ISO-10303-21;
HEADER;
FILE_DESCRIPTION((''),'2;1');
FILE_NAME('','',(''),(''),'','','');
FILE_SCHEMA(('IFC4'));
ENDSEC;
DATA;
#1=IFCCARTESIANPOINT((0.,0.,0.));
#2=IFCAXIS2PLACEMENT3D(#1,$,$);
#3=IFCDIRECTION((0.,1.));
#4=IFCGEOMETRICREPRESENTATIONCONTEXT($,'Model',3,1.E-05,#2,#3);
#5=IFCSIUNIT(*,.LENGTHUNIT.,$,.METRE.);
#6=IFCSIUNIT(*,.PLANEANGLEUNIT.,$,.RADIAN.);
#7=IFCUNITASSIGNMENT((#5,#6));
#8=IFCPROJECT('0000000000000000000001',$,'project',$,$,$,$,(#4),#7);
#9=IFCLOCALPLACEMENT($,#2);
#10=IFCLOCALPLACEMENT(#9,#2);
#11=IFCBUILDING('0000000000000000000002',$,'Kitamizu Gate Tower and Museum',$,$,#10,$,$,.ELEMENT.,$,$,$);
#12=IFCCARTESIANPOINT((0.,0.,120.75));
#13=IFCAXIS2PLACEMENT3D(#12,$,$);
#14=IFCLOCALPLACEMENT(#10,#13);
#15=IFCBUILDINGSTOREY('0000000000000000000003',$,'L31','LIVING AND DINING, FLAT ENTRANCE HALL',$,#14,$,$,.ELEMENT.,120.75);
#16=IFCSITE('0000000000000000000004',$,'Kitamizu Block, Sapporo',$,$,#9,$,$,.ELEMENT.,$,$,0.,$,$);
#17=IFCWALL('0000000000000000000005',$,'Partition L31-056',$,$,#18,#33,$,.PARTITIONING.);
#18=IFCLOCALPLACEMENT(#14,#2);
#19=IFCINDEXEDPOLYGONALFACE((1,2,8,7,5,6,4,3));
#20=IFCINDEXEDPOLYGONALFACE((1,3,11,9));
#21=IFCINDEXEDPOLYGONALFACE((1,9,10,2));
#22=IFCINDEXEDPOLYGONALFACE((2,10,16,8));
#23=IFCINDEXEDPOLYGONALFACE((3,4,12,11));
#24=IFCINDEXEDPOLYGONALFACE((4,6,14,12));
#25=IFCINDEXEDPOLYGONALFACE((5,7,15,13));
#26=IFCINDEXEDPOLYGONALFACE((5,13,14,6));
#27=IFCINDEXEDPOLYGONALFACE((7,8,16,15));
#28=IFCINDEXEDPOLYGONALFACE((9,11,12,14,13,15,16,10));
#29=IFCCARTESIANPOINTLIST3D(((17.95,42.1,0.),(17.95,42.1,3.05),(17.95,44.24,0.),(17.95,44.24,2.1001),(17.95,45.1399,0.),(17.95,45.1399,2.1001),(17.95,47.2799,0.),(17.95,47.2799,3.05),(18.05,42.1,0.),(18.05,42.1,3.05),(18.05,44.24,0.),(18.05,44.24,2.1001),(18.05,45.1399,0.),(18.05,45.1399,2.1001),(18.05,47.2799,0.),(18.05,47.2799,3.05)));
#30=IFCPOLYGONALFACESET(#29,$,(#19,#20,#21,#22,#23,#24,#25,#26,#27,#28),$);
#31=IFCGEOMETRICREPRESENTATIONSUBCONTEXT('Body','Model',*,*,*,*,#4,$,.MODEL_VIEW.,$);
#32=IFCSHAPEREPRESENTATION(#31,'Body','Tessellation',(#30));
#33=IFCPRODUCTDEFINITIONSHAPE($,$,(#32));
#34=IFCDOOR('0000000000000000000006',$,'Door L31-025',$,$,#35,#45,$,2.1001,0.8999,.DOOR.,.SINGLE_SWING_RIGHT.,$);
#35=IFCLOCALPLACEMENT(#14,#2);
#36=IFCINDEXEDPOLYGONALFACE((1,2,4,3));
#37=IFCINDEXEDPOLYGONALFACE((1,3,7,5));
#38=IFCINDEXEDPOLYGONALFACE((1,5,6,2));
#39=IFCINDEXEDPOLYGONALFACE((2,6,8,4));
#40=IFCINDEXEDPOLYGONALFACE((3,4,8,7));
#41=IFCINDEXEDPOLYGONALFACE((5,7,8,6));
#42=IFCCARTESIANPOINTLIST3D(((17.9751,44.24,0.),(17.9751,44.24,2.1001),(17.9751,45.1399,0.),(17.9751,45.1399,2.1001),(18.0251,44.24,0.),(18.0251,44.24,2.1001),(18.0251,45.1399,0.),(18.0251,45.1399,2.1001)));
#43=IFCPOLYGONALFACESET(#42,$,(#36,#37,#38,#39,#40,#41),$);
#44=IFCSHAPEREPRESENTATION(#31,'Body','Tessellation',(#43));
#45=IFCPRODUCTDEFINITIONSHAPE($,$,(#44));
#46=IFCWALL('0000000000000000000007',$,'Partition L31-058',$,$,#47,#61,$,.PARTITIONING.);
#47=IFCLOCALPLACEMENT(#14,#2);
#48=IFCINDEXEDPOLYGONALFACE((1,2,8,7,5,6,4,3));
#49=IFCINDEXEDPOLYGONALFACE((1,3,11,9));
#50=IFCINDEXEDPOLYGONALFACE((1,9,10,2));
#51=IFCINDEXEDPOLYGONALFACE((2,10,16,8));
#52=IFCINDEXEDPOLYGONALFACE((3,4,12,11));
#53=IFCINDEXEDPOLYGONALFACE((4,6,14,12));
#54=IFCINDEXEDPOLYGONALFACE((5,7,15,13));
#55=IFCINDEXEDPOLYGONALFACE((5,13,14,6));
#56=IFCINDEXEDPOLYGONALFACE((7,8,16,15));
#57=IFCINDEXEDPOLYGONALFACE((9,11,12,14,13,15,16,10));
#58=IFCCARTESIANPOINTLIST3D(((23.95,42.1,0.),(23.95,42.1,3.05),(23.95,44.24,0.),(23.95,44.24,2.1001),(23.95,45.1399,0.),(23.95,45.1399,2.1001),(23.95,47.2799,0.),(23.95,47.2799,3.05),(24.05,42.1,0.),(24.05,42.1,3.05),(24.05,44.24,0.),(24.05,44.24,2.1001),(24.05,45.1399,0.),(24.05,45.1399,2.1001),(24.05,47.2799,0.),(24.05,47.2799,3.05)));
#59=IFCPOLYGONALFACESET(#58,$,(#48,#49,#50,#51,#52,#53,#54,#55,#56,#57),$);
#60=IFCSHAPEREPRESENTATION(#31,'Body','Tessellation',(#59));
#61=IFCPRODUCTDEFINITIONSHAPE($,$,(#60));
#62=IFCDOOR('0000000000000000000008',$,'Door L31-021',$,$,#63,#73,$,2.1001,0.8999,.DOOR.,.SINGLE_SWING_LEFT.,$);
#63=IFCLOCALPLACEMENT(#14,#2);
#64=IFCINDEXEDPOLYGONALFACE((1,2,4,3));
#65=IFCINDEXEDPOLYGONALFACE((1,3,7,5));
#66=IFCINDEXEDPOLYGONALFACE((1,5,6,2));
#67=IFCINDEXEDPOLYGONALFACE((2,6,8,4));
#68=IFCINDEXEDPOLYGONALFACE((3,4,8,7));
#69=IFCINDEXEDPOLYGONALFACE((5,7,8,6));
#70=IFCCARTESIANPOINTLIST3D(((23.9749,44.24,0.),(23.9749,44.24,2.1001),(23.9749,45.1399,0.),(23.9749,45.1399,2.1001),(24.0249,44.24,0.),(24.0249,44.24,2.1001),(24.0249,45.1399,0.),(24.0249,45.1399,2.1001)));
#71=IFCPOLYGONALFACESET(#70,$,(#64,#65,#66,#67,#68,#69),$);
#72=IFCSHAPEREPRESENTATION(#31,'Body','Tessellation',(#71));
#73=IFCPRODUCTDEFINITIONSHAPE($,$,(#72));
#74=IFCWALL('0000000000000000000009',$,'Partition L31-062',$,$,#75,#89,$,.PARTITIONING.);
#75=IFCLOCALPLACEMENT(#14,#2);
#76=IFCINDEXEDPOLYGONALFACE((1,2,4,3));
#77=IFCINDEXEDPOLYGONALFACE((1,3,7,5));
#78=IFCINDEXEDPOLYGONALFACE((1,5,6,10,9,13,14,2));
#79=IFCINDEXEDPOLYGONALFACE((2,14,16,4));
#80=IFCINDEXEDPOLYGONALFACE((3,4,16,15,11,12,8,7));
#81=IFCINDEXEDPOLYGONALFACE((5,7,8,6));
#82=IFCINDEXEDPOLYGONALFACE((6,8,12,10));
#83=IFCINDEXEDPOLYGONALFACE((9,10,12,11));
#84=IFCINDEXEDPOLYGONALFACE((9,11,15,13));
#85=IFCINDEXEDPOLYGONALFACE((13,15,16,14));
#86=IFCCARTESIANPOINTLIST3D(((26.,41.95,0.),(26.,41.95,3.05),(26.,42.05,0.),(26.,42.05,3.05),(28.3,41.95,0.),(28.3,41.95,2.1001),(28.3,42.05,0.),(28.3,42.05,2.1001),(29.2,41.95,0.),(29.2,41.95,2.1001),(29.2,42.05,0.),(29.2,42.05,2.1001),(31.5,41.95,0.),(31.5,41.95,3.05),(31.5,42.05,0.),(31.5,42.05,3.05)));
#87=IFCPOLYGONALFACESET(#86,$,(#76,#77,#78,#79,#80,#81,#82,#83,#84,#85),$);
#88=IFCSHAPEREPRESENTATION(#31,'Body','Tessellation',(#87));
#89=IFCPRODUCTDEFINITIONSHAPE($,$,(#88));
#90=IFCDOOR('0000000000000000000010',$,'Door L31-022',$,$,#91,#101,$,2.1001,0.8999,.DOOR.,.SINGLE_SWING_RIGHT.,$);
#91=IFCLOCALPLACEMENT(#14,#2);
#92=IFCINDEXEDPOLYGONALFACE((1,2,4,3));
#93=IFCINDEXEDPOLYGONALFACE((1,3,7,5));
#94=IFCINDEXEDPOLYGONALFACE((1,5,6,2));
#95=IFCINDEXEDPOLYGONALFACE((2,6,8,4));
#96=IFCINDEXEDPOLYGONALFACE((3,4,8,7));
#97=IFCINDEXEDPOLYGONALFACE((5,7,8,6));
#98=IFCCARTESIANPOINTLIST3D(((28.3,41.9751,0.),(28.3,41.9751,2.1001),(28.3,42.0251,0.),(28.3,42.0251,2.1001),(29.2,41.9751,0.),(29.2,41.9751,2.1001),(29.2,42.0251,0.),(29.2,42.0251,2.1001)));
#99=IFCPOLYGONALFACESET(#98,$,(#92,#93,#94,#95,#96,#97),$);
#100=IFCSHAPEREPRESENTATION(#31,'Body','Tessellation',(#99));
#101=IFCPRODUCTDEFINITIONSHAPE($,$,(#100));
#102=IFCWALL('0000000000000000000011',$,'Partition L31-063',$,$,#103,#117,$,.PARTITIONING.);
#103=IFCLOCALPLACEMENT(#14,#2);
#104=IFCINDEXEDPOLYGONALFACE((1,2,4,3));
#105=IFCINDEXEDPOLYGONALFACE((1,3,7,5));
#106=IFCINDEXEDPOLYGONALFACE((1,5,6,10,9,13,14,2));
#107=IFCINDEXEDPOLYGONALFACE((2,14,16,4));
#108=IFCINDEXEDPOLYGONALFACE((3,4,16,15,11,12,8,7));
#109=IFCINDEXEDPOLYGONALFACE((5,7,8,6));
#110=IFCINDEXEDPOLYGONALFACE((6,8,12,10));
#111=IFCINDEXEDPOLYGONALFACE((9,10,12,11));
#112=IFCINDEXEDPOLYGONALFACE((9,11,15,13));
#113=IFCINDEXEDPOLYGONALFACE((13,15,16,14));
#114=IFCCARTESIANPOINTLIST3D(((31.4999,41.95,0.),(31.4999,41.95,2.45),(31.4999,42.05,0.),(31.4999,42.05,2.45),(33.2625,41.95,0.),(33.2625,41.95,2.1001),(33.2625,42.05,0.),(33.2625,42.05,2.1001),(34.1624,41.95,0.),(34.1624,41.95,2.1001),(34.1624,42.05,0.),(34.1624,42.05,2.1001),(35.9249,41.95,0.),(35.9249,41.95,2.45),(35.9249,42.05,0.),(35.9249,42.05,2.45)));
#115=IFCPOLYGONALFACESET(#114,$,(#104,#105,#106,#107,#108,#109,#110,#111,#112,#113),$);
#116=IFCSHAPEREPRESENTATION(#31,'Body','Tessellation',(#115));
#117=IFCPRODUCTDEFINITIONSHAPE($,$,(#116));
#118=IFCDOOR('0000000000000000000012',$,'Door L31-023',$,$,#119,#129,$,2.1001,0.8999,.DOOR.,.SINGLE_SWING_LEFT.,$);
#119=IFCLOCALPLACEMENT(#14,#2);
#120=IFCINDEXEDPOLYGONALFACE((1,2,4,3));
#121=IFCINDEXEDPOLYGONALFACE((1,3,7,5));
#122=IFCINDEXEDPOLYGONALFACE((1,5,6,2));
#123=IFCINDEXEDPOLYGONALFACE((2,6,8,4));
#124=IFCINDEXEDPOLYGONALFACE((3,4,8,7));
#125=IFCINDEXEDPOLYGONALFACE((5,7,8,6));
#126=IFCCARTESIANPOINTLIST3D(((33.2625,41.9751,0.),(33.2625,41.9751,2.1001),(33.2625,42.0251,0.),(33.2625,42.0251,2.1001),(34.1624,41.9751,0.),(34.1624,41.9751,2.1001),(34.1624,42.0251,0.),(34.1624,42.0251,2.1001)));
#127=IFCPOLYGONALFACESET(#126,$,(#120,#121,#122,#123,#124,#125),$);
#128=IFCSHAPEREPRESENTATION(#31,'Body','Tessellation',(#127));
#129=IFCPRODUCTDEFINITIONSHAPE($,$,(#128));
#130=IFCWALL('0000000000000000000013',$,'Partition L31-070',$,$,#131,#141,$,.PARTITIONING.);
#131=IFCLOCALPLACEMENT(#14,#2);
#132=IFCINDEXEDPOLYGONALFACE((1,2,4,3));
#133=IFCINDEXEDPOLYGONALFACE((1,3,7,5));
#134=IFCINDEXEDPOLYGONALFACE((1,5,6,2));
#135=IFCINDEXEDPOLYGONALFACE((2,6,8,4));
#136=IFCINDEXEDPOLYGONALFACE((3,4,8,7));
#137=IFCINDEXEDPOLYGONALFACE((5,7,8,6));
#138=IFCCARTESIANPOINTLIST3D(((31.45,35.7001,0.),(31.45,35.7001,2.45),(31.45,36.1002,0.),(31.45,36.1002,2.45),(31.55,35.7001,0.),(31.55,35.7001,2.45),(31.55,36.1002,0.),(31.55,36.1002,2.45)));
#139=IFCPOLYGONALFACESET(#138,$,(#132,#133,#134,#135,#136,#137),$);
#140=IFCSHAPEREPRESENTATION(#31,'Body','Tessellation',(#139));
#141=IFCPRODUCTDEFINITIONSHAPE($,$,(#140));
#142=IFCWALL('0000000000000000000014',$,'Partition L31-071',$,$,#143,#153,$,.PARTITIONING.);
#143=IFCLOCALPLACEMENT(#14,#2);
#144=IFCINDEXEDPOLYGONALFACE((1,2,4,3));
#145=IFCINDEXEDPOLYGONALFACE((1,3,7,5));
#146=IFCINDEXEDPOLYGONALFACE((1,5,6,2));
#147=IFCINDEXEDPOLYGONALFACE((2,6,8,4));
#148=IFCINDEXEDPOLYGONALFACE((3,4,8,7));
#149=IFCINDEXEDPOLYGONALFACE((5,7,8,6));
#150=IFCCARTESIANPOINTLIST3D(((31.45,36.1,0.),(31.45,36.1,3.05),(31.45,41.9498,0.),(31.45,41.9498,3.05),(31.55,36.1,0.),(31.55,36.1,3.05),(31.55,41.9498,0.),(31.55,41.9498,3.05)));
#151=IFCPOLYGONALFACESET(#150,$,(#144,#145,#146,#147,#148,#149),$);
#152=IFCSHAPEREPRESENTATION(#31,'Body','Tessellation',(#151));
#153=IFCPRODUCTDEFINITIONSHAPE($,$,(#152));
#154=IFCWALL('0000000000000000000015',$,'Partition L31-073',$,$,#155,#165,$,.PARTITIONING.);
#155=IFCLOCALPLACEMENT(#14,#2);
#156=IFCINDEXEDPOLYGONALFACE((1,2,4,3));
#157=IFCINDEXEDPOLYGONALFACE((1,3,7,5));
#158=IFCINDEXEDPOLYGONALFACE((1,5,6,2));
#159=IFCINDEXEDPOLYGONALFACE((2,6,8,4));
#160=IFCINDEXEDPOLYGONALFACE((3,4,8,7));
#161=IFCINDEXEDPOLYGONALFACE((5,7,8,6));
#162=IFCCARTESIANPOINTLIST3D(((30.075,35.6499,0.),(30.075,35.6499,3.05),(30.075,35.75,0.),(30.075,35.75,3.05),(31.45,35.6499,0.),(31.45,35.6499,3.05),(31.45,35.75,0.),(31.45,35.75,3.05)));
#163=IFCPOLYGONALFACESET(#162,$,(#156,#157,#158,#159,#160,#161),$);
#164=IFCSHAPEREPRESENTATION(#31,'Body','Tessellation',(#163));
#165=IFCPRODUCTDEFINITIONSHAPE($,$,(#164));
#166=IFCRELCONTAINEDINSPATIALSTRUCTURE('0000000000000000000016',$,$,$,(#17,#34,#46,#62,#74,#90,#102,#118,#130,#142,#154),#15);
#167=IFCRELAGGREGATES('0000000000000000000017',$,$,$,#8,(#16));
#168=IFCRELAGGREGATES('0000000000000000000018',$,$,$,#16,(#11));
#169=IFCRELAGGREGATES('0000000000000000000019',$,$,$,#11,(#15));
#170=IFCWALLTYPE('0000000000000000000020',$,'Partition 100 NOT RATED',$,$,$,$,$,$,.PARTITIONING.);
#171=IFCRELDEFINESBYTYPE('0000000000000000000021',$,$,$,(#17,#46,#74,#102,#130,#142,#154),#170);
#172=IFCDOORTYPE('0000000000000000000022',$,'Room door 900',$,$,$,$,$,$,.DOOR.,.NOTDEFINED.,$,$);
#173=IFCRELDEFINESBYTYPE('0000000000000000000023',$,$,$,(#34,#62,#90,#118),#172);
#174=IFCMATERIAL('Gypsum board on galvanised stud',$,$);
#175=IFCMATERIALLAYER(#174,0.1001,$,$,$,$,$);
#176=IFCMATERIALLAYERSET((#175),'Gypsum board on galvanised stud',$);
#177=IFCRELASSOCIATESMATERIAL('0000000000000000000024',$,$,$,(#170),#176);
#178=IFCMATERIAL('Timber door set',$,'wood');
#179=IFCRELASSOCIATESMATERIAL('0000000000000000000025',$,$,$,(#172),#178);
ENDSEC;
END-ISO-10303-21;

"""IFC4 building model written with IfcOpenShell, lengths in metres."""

from ifc_helpers import new_model, si_unit, direction, frame, frame_2d, origin, place, context, subcontext, project, spatial, rectangle, extrude, material, layer, layer_set, type_object, element, fill, save


model = new_model("IFC4")

# Units and contexts
model_context = context("Model", 3, precision=1e-05, world=origin(), true_north=direction((0.0, 1.0)))
body_context = subcontext(model_context, "Body", "Model", "MODEL_VIEW")
ifc_project = project(units=[si_unit("LENGTHUNIT", "METRE"), si_unit("PLANEANGLEUNIT", "RADIAN")], contexts=[model_context])

# Site, building, storey
site_placement = place(None, origin())
site = spatial("IfcSite", under=ifc_project, at=site_placement, Name="Kitamizu Block, Sapporo", CompositionType="ELEMENT", RefElevation=0.0)
building_placement = place(site_placement, origin())
building = spatial("IfcBuilding", under=site, at=building_placement, Name="Kitamizu Gate Tower and Museum", CompositionType="ELEMENT")
storey_placement = place(building_placement, frame((0.0, 0.0, 120.75)))
storey = spatial("IfcBuildingStorey", under=building, at=storey_placement, Name="L31", Description="LIVING AND DINING, FLAT ENTRANCE HALL", CompositionType="ELEMENT", Elevation=120.75)

# Walls, openings, doors
ifc_material_1 = material(Name="Gypsum board on galvanised stud")
ifc_layer_1 = layer(ifc_material_1, 0.1001)
ifc_layer_set_1 = layer_set([ifc_layer_1], Name="Gypsum board on galvanised stud")
wall_type_1 = type_object("IfcWallType", Name="Partition 100 NOT RATED", PredefinedType="PARTITIONING", material=ifc_layer_set_1)
wall_1_placement = place(storey_placement, frame((18.0, 42.1001, 0.0), z_axis=(0.0, 0.0, 1.0), x_axis=(0.0, 1.0, 0.0)))
wall_1 = element("IfcWall", 1, at=wall_1_placement, inside=storey, type_object=wall_type_1, Name="Partition L31-056", PredefinedType="PARTITIONING", context=body_context, shape_type="SweptSolid", body=[
    extrude(rectangle(XDim=5.1799, YDim=0.1001, at=frame_2d((2.5898, 0.0))), origin(), (0.0, 0.0, 1.0), 3.05),
])
opening_1_placement = place(wall_1_placement, frame((2.1399, 0.0, 0.0)))
opening_1 = element("IfcOpeningElement", 2, at=opening_1_placement, cuts=wall_1, PredefinedType="OPENING", context=body_context, shape_type="SweptSolid", body=[
    extrude(rectangle(XDim=0.8999, YDim=2.1001, at=frame_2d((0.45, 1.05))), frame((0.0, 0.0601, 0.0), z_axis=(0.0, -1.0, 0.0), x_axis=(1.0, 0.0, 0.0)), (0.0, 0.0, 1.0), 0.1201),
])
ifc_material_2 = material(Name="Timber door set", Category="wood")
door_type_1 = type_object("IfcDoorType", Name="Room door 900", OperationType="NOTDEFINED", PredefinedType="DOOR", material=ifc_material_2)
door_1_placement = place(opening_1_placement, origin())
door_1 = element("IfcDoor", 3, at=door_1_placement, inside=storey, type_object=door_type_1, Name="Door L31-025", OperationType="SINGLE_SWING_RIGHT", OverallHeight=2.1001, OverallWidth=0.8999, PredefinedType="DOOR", context=body_context, shape_type="SweptSolid", body=[
    extrude(rectangle(XDim=0.8999, YDim=2.1001, at=frame_2d((0.45, 1.05))), frame((0.0, 0.0249, 0.0), z_axis=(0.0, -1.0, 0.0), x_axis=(1.0, 0.0, 0.0)), (0.0, 0.0, 1.0), 0.05),
])
fill(opening_1, door_1)
wall_2_placement = place(storey_placement, frame((24.0, 42.1001, 0.0), z_axis=(0.0, 0.0, 1.0), x_axis=(0.0, 1.0, 0.0)))
wall_2 = element("IfcWall", 4, at=wall_2_placement, inside=storey, type_object=wall_type_1, Name="Partition L31-058", PredefinedType="PARTITIONING", context=body_context, shape_type="SweptSolid", body=[
    extrude(rectangle(XDim=5.1799, YDim=0.1001, at=frame_2d((2.5898, 0.0))), origin(), (0.0, 0.0, 1.0), 3.05),
])
opening_2_placement = place(wall_2_placement, frame((2.1399, 0.0, 0.0)))
opening_2 = element("IfcOpeningElement", 5, at=opening_2_placement, cuts=wall_2, PredefinedType="OPENING", context=body_context, shape_type="SweptSolid", body=[
    extrude(rectangle(XDim=0.8999, YDim=2.1001, at=frame_2d((0.45, 1.05))), frame((0.0, 0.0601, 0.0), z_axis=(0.0, -1.0, 0.0), x_axis=(1.0, 0.0, 0.0)), (0.0, 0.0, 1.0), 0.1201),
])
door_2_placement = place(opening_2_placement, frame((0.8999, 0.0, 0.0), x_axis=(-1.0, 0.0, 0.0)))
door_2 = element("IfcDoor", 6, at=door_2_placement, inside=storey, type_object=door_type_1, Name="Door L31-021", OperationType="SINGLE_SWING_LEFT", OverallHeight=2.1001, OverallWidth=0.8999, PredefinedType="DOOR", context=body_context, shape_type="SweptSolid", body=[
    extrude(rectangle(XDim=0.8999, YDim=2.1001, at=frame_2d((0.45, 1.05))), frame((0.0, 0.0249, 0.0), z_axis=(0.0, -1.0, 0.0), x_axis=(1.0, 0.0, 0.0)), (0.0, 0.0, 1.0), 0.05),
])
fill(opening_2, door_2)
wall_3_placement = place(storey_placement, frame((26.0, 42.0, 0.0), z_axis=(0.0, 0.0, 1.0), x_axis=(1.0, 0.0, 0.0)))
wall_3 = element("IfcWall", 7, at=wall_3_placement, inside=storey, type_object=wall_type_1, Name="Partition L31-062", PredefinedType="PARTITIONING", context=body_context, shape_type="SweptSolid", body=[
    extrude(rectangle(XDim=5.5, YDim=0.1001, at=frame_2d((2.75, 0.0))), origin(), (0.0, 0.0, 1.0), 3.05),
])
opening_3_placement = place(wall_3_placement, frame((2.3, 0.0, 0.0)))
opening_3 = element("IfcOpeningElement", 8, at=opening_3_placement, cuts=wall_3, PredefinedType="OPENING", context=body_context, shape_type="SweptSolid", body=[
    extrude(rectangle(XDim=0.8999, YDim=2.1001, at=frame_2d((0.45, 1.05))), frame((0.0, 0.0601, 0.0), z_axis=(0.0, -1.0, 0.0), x_axis=(1.0, 0.0, 0.0)), (0.0, 0.0, 1.0), 0.1201),
])
door_3_placement = place(opening_3_placement, frame((0.8999, 0.0, 0.0), x_axis=(-1.0, 0.0, 0.0)))
door_3 = element("IfcDoor", 9, at=door_3_placement, inside=storey, type_object=door_type_1, Name="Door L31-022", OperationType="SINGLE_SWING_RIGHT", OverallHeight=2.1001, OverallWidth=0.8999, PredefinedType="DOOR", context=body_context, shape_type="SweptSolid", body=[
    extrude(rectangle(XDim=0.8999, YDim=2.1001, at=frame_2d((0.45, 1.05))), frame((0.0, 0.0249, 0.0), z_axis=(0.0, -1.0, 0.0), x_axis=(1.0, 0.0, 0.0)), (0.0, 0.0, 1.0), 0.05),
])
fill(opening_3, door_3)
wall_4_placement = place(storey_placement, frame((31.5, 42.0, 0.0), z_axis=(0.0, 0.0, 1.0), x_axis=(1.0, 0.0, 0.0)))
wall_4 = element("IfcWall", 10, at=wall_4_placement, inside=storey, type_object=wall_type_1, Name="Partition L31-063", PredefinedType="PARTITIONING", context=body_context, shape_type="SweptSolid", body=[
    extrude(rectangle(XDim=4.425, YDim=0.1001, at=frame_2d((2.2124, 0.0))), origin(), (0.0, 0.0, 1.0), 2.45),
])
opening_4_placement = place(wall_4_placement, frame((1.7625, 0.0, 0.0)))
opening_4 = element("IfcOpeningElement", 11, at=opening_4_placement, cuts=wall_4, PredefinedType="OPENING", context=body_context, shape_type="SweptSolid", body=[
    extrude(rectangle(XDim=0.8999, YDim=2.1001, at=frame_2d((0.45, 1.05))), frame((0.0, 0.0601, 0.0), z_axis=(0.0, -1.0, 0.0), x_axis=(1.0, 0.0, 0.0)), (0.0, 0.0, 1.0), 0.1201),
])
door_4_placement = place(opening_4_placement, frame((0.8999, 0.0, 0.0), x_axis=(-1.0, 0.0, 0.0)))
door_4 = element("IfcDoor", 12, at=door_4_placement, inside=storey, type_object=door_type_1, Name="Door L31-023", OperationType="SINGLE_SWING_LEFT", OverallHeight=2.1001, OverallWidth=0.8999, PredefinedType="DOOR", context=body_context, shape_type="SweptSolid", body=[
    extrude(rectangle(XDim=0.8999, YDim=2.1001, at=frame_2d((0.45, 1.05))), frame((0.0, 0.0249, 0.0), z_axis=(0.0, -1.0, 0.0), x_axis=(1.0, 0.0, 0.0)), (0.0, 0.0, 1.0), 0.05),
])
fill(opening_4, door_4)

# Walls
wall_5_placement = place(storey_placement, frame((31.5, 35.7, 0.0), z_axis=(0.0, 0.0, 1.0), x_axis=(0.0, 1.0, 0.0)))
element("IfcWall", 13, at=wall_5_placement, inside=storey, type_object=wall_type_1, Name="Partition L31-070", PredefinedType="PARTITIONING", context=body_context, shape_type="SweptSolid", body=[
    extrude(rectangle(XDim=0.4001, YDim=0.1001, at=frame_2d((0.2002, 0.0))), origin(), (0.0, 0.0, 1.0), 2.45),
])
wall_6_placement = place(storey_placement, frame((31.5, 36.1001, 0.0), z_axis=(0.0, 0.0, 1.0), x_axis=(0.0, 1.0, 0.0)))
element("IfcWall", 14, at=wall_6_placement, inside=storey, type_object=wall_type_1, Name="Partition L31-071", PredefinedType="PARTITIONING", context=body_context, shape_type="SweptSolid", body=[
    extrude(rectangle(XDim=5.8499, YDim=0.1001, at=frame_2d((2.9248, 0.0))), origin(), (0.0, 0.0, 1.0), 3.05),
])
wall_7_placement = place(storey_placement, frame((30.075, 35.7, 0.0), z_axis=(0.0, 0.0, 1.0), x_axis=(1.0, 0.0, 0.0)))
element("IfcWall", 15, at=wall_7_placement, inside=storey, type_object=wall_type_1, Name="Partition L31-073", PredefinedType="PARTITIONING", context=body_context, shape_type="SweptSolid", body=[
    extrude(rectangle(XDim=1.375, YDim=0.1001, at=frame_2d((0.6875, 0.0))), origin(), (0.0, 0.0, 1.0), 3.05),
])

save(model, "model.ifc")
